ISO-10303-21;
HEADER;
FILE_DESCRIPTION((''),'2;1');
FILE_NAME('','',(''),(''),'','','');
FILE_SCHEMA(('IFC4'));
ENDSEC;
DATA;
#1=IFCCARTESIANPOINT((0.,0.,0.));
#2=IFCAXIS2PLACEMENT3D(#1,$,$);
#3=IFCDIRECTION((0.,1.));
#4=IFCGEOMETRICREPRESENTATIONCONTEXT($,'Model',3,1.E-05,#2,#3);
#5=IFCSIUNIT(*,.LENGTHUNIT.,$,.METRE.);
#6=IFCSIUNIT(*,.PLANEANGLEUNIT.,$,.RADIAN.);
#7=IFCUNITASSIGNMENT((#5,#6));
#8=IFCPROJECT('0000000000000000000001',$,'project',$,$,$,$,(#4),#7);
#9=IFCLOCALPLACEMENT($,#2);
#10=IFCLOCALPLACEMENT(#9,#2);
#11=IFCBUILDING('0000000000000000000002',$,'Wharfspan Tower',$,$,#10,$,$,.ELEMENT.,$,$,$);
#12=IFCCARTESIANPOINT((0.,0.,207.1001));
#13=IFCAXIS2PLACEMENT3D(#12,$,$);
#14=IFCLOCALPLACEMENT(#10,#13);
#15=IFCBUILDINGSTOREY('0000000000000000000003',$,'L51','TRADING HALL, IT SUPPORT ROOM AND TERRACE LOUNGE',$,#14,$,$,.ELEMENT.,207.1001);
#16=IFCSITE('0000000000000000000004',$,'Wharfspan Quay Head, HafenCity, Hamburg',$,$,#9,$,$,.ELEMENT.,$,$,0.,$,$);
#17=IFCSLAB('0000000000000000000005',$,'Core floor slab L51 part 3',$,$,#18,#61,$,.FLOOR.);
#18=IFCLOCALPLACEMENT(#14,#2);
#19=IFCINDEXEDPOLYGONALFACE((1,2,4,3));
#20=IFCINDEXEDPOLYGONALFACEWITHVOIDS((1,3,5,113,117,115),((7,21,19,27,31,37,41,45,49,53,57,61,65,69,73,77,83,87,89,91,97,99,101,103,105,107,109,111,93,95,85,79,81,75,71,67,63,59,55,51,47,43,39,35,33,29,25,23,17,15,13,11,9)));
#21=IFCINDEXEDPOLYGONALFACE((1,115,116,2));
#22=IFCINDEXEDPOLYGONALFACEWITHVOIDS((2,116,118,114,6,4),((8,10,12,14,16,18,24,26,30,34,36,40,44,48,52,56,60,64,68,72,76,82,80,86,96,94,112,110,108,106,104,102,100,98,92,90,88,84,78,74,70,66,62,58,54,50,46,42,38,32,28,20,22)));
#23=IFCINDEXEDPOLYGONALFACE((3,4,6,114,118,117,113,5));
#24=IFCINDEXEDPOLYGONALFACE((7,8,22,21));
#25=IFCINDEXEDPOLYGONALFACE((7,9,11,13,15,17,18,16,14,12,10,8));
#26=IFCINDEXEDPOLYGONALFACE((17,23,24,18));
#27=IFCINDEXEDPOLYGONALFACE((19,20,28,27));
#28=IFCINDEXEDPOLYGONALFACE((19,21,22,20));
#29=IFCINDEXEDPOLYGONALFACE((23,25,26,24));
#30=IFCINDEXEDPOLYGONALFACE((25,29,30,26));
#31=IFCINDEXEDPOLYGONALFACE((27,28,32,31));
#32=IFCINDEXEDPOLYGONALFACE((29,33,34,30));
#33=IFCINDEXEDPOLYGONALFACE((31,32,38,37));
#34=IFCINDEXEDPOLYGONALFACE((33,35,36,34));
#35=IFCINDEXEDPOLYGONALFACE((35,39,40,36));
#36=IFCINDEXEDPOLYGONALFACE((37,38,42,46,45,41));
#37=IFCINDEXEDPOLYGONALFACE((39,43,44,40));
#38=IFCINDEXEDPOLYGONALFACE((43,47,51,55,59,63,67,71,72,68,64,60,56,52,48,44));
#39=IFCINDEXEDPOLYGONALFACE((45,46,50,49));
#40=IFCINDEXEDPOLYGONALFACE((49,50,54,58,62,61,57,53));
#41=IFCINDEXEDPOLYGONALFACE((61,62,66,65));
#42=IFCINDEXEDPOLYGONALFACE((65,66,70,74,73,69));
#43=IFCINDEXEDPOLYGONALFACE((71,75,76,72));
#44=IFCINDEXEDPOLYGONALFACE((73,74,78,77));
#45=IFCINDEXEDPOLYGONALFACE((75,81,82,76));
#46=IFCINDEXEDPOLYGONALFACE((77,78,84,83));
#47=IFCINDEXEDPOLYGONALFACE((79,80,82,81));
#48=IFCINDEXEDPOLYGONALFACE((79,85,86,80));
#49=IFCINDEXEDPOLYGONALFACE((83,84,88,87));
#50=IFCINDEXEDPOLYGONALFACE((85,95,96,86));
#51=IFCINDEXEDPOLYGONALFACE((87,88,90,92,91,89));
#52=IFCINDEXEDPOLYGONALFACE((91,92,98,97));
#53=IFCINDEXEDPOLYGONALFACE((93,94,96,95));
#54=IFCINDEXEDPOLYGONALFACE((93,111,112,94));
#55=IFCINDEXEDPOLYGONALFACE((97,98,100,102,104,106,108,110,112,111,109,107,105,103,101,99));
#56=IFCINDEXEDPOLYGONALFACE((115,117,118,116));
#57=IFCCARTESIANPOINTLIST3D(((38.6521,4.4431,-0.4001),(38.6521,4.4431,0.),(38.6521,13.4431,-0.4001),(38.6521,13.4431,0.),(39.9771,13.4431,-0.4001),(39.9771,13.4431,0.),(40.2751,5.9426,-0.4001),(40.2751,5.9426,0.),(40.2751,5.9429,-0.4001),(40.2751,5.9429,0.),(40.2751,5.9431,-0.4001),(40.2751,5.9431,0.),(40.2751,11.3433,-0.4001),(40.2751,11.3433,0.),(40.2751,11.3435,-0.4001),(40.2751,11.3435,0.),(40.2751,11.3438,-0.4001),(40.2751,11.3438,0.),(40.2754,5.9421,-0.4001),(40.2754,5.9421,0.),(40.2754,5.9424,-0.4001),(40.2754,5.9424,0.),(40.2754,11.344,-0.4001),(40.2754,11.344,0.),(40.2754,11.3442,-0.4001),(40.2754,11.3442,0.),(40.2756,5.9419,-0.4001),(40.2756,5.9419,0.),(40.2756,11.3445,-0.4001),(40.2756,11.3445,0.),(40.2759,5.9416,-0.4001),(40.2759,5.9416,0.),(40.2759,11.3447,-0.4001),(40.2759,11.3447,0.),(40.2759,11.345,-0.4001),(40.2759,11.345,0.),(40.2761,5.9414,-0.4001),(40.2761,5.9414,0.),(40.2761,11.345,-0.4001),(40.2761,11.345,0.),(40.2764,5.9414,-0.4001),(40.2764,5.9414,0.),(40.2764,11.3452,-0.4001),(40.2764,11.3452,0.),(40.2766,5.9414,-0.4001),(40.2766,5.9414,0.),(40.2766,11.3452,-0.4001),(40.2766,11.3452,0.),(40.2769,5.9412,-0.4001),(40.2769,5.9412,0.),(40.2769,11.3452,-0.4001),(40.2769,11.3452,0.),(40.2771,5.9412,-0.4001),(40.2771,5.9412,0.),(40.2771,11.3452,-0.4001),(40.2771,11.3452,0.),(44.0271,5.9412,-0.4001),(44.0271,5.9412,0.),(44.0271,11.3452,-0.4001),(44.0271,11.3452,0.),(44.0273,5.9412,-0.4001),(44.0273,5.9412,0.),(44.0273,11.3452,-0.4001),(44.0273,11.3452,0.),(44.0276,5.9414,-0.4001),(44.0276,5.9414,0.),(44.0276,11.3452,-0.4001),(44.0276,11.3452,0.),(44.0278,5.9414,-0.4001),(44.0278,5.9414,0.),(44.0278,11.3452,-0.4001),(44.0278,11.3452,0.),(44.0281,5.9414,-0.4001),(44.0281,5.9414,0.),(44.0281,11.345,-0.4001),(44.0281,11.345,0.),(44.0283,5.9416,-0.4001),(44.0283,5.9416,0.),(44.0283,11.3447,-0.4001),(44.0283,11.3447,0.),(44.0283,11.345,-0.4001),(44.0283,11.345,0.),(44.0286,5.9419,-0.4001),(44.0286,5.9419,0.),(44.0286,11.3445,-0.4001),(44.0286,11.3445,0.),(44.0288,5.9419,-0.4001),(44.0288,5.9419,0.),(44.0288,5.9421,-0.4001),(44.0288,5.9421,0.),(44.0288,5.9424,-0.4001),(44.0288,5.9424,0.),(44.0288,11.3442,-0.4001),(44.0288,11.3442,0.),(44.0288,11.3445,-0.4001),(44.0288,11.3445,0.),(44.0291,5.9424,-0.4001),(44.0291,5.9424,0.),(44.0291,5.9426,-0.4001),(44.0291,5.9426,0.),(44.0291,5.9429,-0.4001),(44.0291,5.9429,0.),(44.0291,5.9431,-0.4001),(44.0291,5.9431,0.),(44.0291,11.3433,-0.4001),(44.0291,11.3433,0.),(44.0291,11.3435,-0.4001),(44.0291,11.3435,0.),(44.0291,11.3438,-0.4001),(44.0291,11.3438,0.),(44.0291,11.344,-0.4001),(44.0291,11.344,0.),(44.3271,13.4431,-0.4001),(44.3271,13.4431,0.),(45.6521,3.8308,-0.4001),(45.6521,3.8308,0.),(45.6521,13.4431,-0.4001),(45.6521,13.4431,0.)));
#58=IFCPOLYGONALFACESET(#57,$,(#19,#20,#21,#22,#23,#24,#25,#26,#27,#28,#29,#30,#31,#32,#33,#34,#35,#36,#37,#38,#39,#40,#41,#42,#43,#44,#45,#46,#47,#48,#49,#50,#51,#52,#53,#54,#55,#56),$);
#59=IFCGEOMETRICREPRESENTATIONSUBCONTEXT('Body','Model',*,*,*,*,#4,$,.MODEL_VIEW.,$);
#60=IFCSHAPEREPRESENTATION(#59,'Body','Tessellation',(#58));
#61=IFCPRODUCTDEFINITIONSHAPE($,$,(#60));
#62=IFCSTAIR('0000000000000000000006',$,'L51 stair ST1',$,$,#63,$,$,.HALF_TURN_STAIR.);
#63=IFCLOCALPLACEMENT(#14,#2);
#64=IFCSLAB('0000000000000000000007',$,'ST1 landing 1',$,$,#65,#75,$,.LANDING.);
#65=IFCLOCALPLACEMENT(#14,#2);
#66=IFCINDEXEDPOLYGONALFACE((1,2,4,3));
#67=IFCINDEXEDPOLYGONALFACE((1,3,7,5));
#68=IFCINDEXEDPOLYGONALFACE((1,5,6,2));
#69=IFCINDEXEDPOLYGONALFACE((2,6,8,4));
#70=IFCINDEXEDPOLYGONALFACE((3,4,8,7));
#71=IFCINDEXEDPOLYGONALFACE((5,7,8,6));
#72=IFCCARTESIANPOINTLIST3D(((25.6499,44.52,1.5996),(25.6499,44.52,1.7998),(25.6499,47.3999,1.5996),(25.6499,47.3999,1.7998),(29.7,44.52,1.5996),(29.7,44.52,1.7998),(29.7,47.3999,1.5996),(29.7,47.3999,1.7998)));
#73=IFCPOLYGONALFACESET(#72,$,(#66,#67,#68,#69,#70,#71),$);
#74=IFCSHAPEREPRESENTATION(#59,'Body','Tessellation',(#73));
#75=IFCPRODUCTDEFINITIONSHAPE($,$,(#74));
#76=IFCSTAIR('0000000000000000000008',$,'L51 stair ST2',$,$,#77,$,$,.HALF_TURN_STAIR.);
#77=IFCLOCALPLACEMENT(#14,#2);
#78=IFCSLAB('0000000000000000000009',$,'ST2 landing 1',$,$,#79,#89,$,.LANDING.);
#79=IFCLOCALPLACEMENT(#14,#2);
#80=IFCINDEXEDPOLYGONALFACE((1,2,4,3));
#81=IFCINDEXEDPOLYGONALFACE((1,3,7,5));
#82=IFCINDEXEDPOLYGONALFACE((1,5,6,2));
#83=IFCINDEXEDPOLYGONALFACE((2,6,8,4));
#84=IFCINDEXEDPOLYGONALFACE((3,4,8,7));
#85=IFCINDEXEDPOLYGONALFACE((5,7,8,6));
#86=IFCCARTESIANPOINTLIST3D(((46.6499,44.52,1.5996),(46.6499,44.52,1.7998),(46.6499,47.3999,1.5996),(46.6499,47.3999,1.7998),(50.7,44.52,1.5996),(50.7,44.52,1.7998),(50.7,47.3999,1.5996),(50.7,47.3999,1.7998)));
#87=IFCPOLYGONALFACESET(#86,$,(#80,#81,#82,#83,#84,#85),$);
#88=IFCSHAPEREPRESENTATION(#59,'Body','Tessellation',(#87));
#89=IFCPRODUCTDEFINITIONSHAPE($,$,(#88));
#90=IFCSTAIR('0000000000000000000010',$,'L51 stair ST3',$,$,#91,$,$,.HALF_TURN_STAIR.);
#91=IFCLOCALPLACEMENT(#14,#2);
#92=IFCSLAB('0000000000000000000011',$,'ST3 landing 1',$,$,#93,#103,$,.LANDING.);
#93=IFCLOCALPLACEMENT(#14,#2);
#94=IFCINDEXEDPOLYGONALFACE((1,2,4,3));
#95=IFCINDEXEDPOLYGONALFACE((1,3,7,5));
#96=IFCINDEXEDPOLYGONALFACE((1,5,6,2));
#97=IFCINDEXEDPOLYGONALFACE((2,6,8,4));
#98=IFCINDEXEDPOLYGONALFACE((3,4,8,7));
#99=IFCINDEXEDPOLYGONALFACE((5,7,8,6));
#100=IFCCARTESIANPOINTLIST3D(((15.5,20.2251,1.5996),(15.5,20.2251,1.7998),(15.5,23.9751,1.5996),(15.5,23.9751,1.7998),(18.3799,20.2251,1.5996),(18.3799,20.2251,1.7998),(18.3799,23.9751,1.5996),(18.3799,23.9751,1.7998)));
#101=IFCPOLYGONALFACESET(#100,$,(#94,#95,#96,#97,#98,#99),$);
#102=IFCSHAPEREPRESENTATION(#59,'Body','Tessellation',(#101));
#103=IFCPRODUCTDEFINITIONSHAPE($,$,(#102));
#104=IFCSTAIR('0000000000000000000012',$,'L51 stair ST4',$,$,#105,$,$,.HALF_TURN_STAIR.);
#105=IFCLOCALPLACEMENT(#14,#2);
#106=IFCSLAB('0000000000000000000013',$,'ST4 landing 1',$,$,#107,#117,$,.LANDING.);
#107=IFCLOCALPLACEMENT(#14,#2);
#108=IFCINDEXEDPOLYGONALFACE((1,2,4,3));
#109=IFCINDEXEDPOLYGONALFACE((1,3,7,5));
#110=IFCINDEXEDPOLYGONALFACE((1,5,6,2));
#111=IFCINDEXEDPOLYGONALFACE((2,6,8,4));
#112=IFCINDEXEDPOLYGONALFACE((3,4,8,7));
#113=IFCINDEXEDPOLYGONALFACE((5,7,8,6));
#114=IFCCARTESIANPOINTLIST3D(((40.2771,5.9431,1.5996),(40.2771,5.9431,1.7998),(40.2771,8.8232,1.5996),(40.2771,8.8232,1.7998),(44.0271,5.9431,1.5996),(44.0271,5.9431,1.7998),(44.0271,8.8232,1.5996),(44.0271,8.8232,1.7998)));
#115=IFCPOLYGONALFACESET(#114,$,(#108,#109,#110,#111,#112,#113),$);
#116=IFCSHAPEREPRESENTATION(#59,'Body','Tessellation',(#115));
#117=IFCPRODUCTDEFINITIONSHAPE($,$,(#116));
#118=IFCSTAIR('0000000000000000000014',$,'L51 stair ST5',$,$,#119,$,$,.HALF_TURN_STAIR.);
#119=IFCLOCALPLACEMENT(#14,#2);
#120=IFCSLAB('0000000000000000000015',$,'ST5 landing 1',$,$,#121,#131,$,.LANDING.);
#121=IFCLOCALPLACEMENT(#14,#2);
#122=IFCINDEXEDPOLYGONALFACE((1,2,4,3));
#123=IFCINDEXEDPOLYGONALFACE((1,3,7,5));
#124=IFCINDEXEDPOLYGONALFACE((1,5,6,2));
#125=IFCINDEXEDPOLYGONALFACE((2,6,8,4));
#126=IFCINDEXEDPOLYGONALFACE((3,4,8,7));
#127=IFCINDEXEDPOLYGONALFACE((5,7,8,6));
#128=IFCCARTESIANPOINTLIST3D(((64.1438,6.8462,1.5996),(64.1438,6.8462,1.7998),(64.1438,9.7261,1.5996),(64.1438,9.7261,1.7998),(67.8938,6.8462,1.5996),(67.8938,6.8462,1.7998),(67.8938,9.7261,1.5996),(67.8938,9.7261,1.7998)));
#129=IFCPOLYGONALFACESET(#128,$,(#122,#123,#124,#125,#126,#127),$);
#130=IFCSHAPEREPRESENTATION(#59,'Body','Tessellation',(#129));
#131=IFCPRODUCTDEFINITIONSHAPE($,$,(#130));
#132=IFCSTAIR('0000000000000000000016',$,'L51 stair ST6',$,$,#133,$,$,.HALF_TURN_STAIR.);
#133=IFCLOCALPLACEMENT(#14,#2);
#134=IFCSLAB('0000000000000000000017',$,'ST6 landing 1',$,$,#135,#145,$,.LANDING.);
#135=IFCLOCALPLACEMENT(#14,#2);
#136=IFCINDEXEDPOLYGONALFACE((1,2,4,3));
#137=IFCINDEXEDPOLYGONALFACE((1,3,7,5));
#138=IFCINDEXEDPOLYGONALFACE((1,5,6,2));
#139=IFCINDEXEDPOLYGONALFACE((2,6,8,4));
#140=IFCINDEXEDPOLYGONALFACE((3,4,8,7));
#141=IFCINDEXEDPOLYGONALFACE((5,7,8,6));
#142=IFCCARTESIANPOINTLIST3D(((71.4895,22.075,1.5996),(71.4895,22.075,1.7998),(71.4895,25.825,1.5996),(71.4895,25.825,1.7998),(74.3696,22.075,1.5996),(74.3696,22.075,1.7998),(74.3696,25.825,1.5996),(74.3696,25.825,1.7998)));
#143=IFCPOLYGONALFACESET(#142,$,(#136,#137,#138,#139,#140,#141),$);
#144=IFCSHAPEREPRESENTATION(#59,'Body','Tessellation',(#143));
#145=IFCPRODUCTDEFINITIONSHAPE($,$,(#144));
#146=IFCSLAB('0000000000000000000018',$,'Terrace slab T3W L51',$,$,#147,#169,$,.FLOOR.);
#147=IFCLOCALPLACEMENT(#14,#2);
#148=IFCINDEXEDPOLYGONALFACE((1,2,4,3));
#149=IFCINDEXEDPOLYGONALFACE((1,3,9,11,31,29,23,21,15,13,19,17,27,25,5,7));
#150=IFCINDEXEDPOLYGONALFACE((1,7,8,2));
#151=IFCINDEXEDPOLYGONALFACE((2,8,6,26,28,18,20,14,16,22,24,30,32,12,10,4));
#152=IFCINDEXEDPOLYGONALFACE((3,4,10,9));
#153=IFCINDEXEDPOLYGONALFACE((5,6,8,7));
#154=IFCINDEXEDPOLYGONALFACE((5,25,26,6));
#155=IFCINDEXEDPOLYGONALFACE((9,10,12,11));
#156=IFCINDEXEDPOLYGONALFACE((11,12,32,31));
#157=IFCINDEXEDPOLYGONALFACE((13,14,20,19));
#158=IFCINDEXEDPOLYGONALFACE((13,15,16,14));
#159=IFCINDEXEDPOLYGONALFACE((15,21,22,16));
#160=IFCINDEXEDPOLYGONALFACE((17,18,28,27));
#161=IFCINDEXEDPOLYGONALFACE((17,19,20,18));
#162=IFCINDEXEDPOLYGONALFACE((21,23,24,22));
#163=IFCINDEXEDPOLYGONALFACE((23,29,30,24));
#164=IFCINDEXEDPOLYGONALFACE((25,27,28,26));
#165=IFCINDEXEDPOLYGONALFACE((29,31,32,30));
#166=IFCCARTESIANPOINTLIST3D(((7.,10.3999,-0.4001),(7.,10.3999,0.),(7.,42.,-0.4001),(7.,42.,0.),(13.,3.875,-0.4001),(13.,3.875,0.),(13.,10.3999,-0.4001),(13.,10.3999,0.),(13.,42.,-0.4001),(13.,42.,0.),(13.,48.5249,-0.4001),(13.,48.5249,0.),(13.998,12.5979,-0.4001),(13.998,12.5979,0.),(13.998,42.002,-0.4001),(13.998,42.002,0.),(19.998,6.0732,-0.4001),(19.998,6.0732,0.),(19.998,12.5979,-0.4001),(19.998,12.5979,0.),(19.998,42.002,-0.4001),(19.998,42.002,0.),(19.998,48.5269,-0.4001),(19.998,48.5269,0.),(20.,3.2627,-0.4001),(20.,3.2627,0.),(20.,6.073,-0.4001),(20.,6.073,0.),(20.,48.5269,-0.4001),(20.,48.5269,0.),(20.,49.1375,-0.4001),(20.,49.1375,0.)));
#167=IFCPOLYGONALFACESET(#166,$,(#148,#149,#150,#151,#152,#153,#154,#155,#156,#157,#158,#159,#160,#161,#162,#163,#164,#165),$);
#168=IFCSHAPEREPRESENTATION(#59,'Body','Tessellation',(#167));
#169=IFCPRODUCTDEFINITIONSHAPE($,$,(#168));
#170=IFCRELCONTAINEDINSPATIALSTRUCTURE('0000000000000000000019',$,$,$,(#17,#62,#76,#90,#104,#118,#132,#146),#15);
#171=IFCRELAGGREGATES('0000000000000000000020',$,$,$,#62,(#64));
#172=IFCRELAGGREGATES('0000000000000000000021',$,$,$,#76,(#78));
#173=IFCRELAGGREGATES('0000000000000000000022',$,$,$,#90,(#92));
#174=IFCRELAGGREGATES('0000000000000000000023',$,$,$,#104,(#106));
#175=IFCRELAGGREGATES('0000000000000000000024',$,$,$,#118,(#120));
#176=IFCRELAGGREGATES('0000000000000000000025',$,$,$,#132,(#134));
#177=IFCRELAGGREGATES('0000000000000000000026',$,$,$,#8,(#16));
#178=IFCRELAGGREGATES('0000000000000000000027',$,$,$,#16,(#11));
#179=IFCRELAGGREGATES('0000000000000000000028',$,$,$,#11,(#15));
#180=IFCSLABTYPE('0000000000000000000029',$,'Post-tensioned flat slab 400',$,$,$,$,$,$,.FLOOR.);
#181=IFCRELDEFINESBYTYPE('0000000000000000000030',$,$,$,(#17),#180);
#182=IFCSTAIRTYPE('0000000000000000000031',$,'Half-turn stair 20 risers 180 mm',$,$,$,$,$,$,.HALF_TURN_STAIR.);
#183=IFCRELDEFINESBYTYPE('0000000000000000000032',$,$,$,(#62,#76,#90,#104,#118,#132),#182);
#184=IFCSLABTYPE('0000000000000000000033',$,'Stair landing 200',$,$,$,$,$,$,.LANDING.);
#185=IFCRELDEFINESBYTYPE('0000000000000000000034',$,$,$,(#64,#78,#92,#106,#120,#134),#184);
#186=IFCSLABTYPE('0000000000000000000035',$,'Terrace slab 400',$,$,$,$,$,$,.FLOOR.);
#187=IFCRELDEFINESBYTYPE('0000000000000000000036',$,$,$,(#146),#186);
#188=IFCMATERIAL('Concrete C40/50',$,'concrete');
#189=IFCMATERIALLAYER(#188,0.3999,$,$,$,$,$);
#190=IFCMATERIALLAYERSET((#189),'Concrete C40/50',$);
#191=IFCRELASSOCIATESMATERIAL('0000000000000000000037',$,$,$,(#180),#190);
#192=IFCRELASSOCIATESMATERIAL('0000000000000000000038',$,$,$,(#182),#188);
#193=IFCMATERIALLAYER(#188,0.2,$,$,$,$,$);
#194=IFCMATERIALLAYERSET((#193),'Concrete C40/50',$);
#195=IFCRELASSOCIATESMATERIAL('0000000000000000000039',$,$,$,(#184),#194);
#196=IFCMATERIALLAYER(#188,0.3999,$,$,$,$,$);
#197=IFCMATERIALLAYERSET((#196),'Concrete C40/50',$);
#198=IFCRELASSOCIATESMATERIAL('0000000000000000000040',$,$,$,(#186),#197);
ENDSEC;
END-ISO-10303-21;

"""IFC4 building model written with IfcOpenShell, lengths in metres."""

from ifc_helpers import new_model, si_unit, direction, frame, origin, place, context, subcontext, project, spatial, polyline, outline, extrude, material, layer, layer_set, type_object, element, aggregate, save


model = new_model("IFC4")

# Units and contexts
model_context = context("Model", 3, precision=1e-05, world=origin(), true_north=direction((0.0, 1.0)))
body_context = subcontext(model_context, "Body", "Model", "MODEL_VIEW")
ifc_project = project(units=[si_unit("LENGTHUNIT", "METRE"), si_unit("PLANEANGLEUNIT", "RADIAN")], contexts=[model_context])

# Site, building, storey
site_placement = place(None, origin())
site = spatial("IfcSite", under=ifc_project, at=site_placement, Name="Wharfspan Quay Head, HafenCity, Hamburg", CompositionType="ELEMENT", RefElevation=0.0)
building_placement = place(site_placement, origin())
building = spatial("IfcBuilding", under=site, at=building_placement, Name="Wharfspan Tower", CompositionType="ELEMENT")
storey_placement = place(building_placement, frame((0.0, 0.0, 207.1001)))
storey = spatial("IfcBuildingStorey", under=building, at=storey_placement, Name="L51", Description="TRADING HALL, IT SUPPORT ROOM AND TERRACE LOUNGE", CompositionType="ELEMENT", Elevation=207.1001)

# Slab
ifc_material_1 = material(Name="Concrete C40/50", Category="concrete")
ifc_layer_1 = layer(ifc_material_1, 0.3999)
ifc_layer_set_1 = layer_set([ifc_layer_1], Name="Concrete C40/50")
slab_type_1 = type_object("IfcSlabType", Name="Post-tensioned flat slab 400", PredefinedType="FLOOR", material=ifc_layer_set_1)
slab_1_placement = place(storey_placement, frame((0.0, 0.0, -0.4001)))
element("IfcSlab", 1, at=slab_1_placement, inside=storey, type_object=slab_type_1, Name="Core floor slab L51 part 3", PredefinedType="FLOOR", context=body_context, shape_type="SweptSolid", body=[
    extrude(outline(polyline([(44.3271, 13.4431), (39.9771, 13.4431), (38.6521, 13.4431), (38.6521, 4.4431), (45.6521, 3.8308), (45.6521, 13.4431), (44.3271, 13.4431)]), holes=[polyline([(40.2751, 11.3433), (40.2751, 11.3435), (40.2751, 11.3435), (40.2751, 11.3438), (40.2754, 11.344), (40.2754, 11.3442), (40.2754, 11.3442), (40.2756, 11.3445), (40.2756, 11.3445), (40.2759, 11.3447), (40.2759, 11.345), (40.2761, 11.345), (40.2764, 11.3452), (40.2766, 11.3452), (40.2766, 11.3452), (40.2769, 11.3452), (40.2771, 11.3452), (44.0271, 11.3452), (44.0273, 11.3452), (44.0276, 11.3452), (44.0276, 11.3452), (44.0278, 11.3452), (44.0281, 11.345), (44.0283, 11.345), (44.0283, 11.3447), (44.0286, 11.3445), (44.0288, 11.3445), (44.0288, 11.3442), (44.0288, 11.3442), (44.0291, 11.344), (44.0291, 11.3438), (44.0291, 11.3435), (44.0291, 11.3435), (44.0291, 11.3433), (44.0291, 5.9431), (44.0291, 5.9431), (44.0291, 5.9429), (44.0291, 5.9426), (44.0291, 5.9424), (44.0288, 5.9424), (44.0288, 5.9421), (44.0288, 5.9419), (44.0286, 5.9419), (44.0283, 5.9417), (44.0283, 5.9417), (44.0281, 5.9414), (44.0278, 5.9414), (44.0276, 5.9414), (44.0276, 5.9414), (44.0273, 5.9412), (44.0271, 5.9412), (40.2771, 5.9412), (40.2769, 5.9412), (40.2766, 5.9414), (40.2766, 5.9414), (40.2764, 5.9414), (40.2761, 5.9414), (40.2759, 5.9417), (40.2759, 5.9417), (40.2756, 5.9419), (40.2756, 5.9419), (40.2754, 5.9421), (40.2754, 5.9424), (40.2754, 5.9424), (40.2751, 5.9426), (40.2751, 5.9429), (40.2751, 5.9431), (40.2751, 5.9431), (40.2751, 11.3433)])]), origin(), (0.0, 0.0, 1.0), 0.4001),
])

# Stairs, slabs
stair_type = type_object("IfcStairType", Name="Half-turn stair 20 risers 180 mm", PredefinedType="HALF_TURN_STAIR", material=ifc_material_1)
stair_1_placement = place(storey_placement, origin())
stair_1 = element("IfcStair", 2, at=stair_1_placement, inside=storey, type_object=stair_type, Name="L51 stair ST1", PredefinedType="HALF_TURN_STAIR")
ifc_layer_2 = layer(ifc_material_1, 0.2)
ifc_layer_set_2 = layer_set([ifc_layer_2], Name="Concrete C40/50")
slab_type_2 = type_object("IfcSlabType", Name="Stair landing 200", PredefinedType="LANDING", material=ifc_layer_set_2)
slab_2_placement = place(storey_placement, frame((0.0, 0.0, 1.5996)))
slab_2 = element("IfcSlab", 3, at=slab_2_placement, type_object=slab_type_2, Name="ST1 landing 1", PredefinedType="LANDING", context=body_context, shape_type="SweptSolid", body=[
    extrude(outline(polyline([(25.6499, 44.52), (29.7, 44.52), (29.7, 47.3999), (25.6499, 47.3999), (25.6499, 44.52)])), origin(), (0.0, 0.0, 1.0), 0.2002),
])
aggregate(stair_1, [slab_2])
stair_2_placement = place(storey_placement, origin())
stair_2 = element("IfcStair", 4, at=stair_2_placement, inside=storey, type_object=stair_type, Name="L51 stair ST2", PredefinedType="HALF_TURN_STAIR")
slab_3_placement = place(storey_placement, frame((0.0, 0.0, 1.5996)))
slab_3 = element("IfcSlab", 5, at=slab_3_placement, type_object=slab_type_2, Name="ST2 landing 1", PredefinedType="LANDING", context=body_context, shape_type="SweptSolid", body=[
    extrude(outline(polyline([(46.6499, 44.52), (50.7, 44.52), (50.7, 47.3999), (46.6499, 47.3999), (46.6499, 44.52)])), origin(), (0.0, 0.0, 1.0), 0.2002),
])
aggregate(stair_2, [slab_3])
stair_3_placement = place(storey_placement, origin())
stair_3 = element("IfcStair", 6, at=stair_3_placement, inside=storey, type_object=stair_type, Name="L51 stair ST3", PredefinedType="HALF_TURN_STAIR")
slab_4_placement = place(storey_placement, frame((0.0, 0.0, 1.5996)))
slab_4 = element("IfcSlab", 7, at=slab_4_placement, type_object=slab_type_2, Name="ST3 landing 1", PredefinedType="LANDING", context=body_context, shape_type="SweptSolid", body=[
    extrude(outline(polyline([(18.3799, 23.9751), (15.5, 23.9751), (15.5, 20.2251), (18.3799, 20.2251), (18.3799, 23.9751)])), origin(), (0.0, 0.0, 1.0), 0.2002),
])
aggregate(stair_3, [slab_4])
stair_4_placement = place(storey_placement, origin())
stair_4 = element("IfcStair", 8, at=stair_4_placement, inside=storey, type_object=stair_type, Name="L51 stair ST4", PredefinedType="HALF_TURN_STAIR")
slab_5_placement = place(storey_placement, frame((0.0, 0.0, 1.5996)))
slab_5 = element("IfcSlab", 9, at=slab_5_placement, type_object=slab_type_2, Name="ST4 landing 1", PredefinedType="LANDING", context=body_context, shape_type="SweptSolid", body=[
    extrude(outline(polyline([(40.2771, 8.8232), (40.2771, 5.9431), (44.0271, 5.9431), (44.0271, 8.8232), (40.2771, 8.8232)])), origin(), (0.0, 0.0, 1.0), 0.2002),
])
aggregate(stair_4, [slab_5])
stair_5_placement = place(storey_placement, origin())
stair_5 = element("IfcStair", 10, at=stair_5_placement, inside=storey, type_object=stair_type, Name="L51 stair ST5", PredefinedType="HALF_TURN_STAIR")
slab_6_placement = place(storey_placement, frame((0.0, 0.0, 1.5996)))
slab_6 = element("IfcSlab", 11, at=slab_6_placement, type_object=slab_type_2, Name="ST5 landing 1", PredefinedType="LANDING", context=body_context, shape_type="SweptSolid", body=[
    extrude(outline(polyline([(64.1438, 9.7261), (64.1438, 6.8462), (67.8938, 6.8462), (67.8938, 9.7261), (64.1438, 9.7261)])), origin(), (0.0, 0.0, 1.0), 0.2002),
])
aggregate(stair_5, [slab_6])
stair_6_placement = place(storey_placement, origin())
stair_6 = element("IfcStair", 12, at=stair_6_placement, inside=storey, type_object=stair_type, Name="L51 stair ST6", PredefinedType="HALF_TURN_STAIR")
slab_7_placement = place(storey_placement, frame((0.0, 0.0, 1.5996)))
slab_7 = element("IfcSlab", 13, at=slab_7_placement, type_object=slab_type_2, Name="ST6 landing 1", PredefinedType="LANDING", context=body_context, shape_type="SweptSolid", body=[
    extrude(outline(polyline([(71.4895, 22.075), (74.3696, 22.075), (74.3696, 25.825), (71.4895, 25.825), (71.4895, 22.075)])), origin(), (0.0, 0.0, 1.0), 0.2002),
])
aggregate(stair_6, [slab_7])

# Slab
ifc_layer_3 = layer(ifc_material_1, 0.3999)
ifc_layer_set_3 = layer_set([ifc_layer_3], Name="Concrete C40/50")
slab_type_3 = type_object("IfcSlabType", Name="Terrace slab 400", PredefinedType="FLOOR", material=ifc_layer_set_3)
slab_8_placement = place(storey_placement, frame((0.0, 0.0, -0.4001)))
element("IfcSlab", 14, at=slab_8_placement, inside=storey, type_object=slab_type_3, Name="Terrace slab T3W L51", PredefinedType="FLOOR", context=body_context, shape_type="SweptSolid", body=[
    extrude(outline(polyline([(13.0, 3.875), (20.0, 3.2627), (20.0, 6.073), (19.998, 6.0732), (19.998, 12.5979), (13.998, 12.5979), (13.998, 42.002), (19.998, 42.002), (19.998, 48.5269), (20.0, 48.5269), (20.0, 49.1375), (13.0, 48.5249), (13.0, 42.0), (7.0, 42.0), (7.0, 10.3999), (13.0, 10.3999), (13.0, 3.875)])), origin(), (0.0, 0.0, 1.0), 0.4001),
])

save(model, "model.ifc")
